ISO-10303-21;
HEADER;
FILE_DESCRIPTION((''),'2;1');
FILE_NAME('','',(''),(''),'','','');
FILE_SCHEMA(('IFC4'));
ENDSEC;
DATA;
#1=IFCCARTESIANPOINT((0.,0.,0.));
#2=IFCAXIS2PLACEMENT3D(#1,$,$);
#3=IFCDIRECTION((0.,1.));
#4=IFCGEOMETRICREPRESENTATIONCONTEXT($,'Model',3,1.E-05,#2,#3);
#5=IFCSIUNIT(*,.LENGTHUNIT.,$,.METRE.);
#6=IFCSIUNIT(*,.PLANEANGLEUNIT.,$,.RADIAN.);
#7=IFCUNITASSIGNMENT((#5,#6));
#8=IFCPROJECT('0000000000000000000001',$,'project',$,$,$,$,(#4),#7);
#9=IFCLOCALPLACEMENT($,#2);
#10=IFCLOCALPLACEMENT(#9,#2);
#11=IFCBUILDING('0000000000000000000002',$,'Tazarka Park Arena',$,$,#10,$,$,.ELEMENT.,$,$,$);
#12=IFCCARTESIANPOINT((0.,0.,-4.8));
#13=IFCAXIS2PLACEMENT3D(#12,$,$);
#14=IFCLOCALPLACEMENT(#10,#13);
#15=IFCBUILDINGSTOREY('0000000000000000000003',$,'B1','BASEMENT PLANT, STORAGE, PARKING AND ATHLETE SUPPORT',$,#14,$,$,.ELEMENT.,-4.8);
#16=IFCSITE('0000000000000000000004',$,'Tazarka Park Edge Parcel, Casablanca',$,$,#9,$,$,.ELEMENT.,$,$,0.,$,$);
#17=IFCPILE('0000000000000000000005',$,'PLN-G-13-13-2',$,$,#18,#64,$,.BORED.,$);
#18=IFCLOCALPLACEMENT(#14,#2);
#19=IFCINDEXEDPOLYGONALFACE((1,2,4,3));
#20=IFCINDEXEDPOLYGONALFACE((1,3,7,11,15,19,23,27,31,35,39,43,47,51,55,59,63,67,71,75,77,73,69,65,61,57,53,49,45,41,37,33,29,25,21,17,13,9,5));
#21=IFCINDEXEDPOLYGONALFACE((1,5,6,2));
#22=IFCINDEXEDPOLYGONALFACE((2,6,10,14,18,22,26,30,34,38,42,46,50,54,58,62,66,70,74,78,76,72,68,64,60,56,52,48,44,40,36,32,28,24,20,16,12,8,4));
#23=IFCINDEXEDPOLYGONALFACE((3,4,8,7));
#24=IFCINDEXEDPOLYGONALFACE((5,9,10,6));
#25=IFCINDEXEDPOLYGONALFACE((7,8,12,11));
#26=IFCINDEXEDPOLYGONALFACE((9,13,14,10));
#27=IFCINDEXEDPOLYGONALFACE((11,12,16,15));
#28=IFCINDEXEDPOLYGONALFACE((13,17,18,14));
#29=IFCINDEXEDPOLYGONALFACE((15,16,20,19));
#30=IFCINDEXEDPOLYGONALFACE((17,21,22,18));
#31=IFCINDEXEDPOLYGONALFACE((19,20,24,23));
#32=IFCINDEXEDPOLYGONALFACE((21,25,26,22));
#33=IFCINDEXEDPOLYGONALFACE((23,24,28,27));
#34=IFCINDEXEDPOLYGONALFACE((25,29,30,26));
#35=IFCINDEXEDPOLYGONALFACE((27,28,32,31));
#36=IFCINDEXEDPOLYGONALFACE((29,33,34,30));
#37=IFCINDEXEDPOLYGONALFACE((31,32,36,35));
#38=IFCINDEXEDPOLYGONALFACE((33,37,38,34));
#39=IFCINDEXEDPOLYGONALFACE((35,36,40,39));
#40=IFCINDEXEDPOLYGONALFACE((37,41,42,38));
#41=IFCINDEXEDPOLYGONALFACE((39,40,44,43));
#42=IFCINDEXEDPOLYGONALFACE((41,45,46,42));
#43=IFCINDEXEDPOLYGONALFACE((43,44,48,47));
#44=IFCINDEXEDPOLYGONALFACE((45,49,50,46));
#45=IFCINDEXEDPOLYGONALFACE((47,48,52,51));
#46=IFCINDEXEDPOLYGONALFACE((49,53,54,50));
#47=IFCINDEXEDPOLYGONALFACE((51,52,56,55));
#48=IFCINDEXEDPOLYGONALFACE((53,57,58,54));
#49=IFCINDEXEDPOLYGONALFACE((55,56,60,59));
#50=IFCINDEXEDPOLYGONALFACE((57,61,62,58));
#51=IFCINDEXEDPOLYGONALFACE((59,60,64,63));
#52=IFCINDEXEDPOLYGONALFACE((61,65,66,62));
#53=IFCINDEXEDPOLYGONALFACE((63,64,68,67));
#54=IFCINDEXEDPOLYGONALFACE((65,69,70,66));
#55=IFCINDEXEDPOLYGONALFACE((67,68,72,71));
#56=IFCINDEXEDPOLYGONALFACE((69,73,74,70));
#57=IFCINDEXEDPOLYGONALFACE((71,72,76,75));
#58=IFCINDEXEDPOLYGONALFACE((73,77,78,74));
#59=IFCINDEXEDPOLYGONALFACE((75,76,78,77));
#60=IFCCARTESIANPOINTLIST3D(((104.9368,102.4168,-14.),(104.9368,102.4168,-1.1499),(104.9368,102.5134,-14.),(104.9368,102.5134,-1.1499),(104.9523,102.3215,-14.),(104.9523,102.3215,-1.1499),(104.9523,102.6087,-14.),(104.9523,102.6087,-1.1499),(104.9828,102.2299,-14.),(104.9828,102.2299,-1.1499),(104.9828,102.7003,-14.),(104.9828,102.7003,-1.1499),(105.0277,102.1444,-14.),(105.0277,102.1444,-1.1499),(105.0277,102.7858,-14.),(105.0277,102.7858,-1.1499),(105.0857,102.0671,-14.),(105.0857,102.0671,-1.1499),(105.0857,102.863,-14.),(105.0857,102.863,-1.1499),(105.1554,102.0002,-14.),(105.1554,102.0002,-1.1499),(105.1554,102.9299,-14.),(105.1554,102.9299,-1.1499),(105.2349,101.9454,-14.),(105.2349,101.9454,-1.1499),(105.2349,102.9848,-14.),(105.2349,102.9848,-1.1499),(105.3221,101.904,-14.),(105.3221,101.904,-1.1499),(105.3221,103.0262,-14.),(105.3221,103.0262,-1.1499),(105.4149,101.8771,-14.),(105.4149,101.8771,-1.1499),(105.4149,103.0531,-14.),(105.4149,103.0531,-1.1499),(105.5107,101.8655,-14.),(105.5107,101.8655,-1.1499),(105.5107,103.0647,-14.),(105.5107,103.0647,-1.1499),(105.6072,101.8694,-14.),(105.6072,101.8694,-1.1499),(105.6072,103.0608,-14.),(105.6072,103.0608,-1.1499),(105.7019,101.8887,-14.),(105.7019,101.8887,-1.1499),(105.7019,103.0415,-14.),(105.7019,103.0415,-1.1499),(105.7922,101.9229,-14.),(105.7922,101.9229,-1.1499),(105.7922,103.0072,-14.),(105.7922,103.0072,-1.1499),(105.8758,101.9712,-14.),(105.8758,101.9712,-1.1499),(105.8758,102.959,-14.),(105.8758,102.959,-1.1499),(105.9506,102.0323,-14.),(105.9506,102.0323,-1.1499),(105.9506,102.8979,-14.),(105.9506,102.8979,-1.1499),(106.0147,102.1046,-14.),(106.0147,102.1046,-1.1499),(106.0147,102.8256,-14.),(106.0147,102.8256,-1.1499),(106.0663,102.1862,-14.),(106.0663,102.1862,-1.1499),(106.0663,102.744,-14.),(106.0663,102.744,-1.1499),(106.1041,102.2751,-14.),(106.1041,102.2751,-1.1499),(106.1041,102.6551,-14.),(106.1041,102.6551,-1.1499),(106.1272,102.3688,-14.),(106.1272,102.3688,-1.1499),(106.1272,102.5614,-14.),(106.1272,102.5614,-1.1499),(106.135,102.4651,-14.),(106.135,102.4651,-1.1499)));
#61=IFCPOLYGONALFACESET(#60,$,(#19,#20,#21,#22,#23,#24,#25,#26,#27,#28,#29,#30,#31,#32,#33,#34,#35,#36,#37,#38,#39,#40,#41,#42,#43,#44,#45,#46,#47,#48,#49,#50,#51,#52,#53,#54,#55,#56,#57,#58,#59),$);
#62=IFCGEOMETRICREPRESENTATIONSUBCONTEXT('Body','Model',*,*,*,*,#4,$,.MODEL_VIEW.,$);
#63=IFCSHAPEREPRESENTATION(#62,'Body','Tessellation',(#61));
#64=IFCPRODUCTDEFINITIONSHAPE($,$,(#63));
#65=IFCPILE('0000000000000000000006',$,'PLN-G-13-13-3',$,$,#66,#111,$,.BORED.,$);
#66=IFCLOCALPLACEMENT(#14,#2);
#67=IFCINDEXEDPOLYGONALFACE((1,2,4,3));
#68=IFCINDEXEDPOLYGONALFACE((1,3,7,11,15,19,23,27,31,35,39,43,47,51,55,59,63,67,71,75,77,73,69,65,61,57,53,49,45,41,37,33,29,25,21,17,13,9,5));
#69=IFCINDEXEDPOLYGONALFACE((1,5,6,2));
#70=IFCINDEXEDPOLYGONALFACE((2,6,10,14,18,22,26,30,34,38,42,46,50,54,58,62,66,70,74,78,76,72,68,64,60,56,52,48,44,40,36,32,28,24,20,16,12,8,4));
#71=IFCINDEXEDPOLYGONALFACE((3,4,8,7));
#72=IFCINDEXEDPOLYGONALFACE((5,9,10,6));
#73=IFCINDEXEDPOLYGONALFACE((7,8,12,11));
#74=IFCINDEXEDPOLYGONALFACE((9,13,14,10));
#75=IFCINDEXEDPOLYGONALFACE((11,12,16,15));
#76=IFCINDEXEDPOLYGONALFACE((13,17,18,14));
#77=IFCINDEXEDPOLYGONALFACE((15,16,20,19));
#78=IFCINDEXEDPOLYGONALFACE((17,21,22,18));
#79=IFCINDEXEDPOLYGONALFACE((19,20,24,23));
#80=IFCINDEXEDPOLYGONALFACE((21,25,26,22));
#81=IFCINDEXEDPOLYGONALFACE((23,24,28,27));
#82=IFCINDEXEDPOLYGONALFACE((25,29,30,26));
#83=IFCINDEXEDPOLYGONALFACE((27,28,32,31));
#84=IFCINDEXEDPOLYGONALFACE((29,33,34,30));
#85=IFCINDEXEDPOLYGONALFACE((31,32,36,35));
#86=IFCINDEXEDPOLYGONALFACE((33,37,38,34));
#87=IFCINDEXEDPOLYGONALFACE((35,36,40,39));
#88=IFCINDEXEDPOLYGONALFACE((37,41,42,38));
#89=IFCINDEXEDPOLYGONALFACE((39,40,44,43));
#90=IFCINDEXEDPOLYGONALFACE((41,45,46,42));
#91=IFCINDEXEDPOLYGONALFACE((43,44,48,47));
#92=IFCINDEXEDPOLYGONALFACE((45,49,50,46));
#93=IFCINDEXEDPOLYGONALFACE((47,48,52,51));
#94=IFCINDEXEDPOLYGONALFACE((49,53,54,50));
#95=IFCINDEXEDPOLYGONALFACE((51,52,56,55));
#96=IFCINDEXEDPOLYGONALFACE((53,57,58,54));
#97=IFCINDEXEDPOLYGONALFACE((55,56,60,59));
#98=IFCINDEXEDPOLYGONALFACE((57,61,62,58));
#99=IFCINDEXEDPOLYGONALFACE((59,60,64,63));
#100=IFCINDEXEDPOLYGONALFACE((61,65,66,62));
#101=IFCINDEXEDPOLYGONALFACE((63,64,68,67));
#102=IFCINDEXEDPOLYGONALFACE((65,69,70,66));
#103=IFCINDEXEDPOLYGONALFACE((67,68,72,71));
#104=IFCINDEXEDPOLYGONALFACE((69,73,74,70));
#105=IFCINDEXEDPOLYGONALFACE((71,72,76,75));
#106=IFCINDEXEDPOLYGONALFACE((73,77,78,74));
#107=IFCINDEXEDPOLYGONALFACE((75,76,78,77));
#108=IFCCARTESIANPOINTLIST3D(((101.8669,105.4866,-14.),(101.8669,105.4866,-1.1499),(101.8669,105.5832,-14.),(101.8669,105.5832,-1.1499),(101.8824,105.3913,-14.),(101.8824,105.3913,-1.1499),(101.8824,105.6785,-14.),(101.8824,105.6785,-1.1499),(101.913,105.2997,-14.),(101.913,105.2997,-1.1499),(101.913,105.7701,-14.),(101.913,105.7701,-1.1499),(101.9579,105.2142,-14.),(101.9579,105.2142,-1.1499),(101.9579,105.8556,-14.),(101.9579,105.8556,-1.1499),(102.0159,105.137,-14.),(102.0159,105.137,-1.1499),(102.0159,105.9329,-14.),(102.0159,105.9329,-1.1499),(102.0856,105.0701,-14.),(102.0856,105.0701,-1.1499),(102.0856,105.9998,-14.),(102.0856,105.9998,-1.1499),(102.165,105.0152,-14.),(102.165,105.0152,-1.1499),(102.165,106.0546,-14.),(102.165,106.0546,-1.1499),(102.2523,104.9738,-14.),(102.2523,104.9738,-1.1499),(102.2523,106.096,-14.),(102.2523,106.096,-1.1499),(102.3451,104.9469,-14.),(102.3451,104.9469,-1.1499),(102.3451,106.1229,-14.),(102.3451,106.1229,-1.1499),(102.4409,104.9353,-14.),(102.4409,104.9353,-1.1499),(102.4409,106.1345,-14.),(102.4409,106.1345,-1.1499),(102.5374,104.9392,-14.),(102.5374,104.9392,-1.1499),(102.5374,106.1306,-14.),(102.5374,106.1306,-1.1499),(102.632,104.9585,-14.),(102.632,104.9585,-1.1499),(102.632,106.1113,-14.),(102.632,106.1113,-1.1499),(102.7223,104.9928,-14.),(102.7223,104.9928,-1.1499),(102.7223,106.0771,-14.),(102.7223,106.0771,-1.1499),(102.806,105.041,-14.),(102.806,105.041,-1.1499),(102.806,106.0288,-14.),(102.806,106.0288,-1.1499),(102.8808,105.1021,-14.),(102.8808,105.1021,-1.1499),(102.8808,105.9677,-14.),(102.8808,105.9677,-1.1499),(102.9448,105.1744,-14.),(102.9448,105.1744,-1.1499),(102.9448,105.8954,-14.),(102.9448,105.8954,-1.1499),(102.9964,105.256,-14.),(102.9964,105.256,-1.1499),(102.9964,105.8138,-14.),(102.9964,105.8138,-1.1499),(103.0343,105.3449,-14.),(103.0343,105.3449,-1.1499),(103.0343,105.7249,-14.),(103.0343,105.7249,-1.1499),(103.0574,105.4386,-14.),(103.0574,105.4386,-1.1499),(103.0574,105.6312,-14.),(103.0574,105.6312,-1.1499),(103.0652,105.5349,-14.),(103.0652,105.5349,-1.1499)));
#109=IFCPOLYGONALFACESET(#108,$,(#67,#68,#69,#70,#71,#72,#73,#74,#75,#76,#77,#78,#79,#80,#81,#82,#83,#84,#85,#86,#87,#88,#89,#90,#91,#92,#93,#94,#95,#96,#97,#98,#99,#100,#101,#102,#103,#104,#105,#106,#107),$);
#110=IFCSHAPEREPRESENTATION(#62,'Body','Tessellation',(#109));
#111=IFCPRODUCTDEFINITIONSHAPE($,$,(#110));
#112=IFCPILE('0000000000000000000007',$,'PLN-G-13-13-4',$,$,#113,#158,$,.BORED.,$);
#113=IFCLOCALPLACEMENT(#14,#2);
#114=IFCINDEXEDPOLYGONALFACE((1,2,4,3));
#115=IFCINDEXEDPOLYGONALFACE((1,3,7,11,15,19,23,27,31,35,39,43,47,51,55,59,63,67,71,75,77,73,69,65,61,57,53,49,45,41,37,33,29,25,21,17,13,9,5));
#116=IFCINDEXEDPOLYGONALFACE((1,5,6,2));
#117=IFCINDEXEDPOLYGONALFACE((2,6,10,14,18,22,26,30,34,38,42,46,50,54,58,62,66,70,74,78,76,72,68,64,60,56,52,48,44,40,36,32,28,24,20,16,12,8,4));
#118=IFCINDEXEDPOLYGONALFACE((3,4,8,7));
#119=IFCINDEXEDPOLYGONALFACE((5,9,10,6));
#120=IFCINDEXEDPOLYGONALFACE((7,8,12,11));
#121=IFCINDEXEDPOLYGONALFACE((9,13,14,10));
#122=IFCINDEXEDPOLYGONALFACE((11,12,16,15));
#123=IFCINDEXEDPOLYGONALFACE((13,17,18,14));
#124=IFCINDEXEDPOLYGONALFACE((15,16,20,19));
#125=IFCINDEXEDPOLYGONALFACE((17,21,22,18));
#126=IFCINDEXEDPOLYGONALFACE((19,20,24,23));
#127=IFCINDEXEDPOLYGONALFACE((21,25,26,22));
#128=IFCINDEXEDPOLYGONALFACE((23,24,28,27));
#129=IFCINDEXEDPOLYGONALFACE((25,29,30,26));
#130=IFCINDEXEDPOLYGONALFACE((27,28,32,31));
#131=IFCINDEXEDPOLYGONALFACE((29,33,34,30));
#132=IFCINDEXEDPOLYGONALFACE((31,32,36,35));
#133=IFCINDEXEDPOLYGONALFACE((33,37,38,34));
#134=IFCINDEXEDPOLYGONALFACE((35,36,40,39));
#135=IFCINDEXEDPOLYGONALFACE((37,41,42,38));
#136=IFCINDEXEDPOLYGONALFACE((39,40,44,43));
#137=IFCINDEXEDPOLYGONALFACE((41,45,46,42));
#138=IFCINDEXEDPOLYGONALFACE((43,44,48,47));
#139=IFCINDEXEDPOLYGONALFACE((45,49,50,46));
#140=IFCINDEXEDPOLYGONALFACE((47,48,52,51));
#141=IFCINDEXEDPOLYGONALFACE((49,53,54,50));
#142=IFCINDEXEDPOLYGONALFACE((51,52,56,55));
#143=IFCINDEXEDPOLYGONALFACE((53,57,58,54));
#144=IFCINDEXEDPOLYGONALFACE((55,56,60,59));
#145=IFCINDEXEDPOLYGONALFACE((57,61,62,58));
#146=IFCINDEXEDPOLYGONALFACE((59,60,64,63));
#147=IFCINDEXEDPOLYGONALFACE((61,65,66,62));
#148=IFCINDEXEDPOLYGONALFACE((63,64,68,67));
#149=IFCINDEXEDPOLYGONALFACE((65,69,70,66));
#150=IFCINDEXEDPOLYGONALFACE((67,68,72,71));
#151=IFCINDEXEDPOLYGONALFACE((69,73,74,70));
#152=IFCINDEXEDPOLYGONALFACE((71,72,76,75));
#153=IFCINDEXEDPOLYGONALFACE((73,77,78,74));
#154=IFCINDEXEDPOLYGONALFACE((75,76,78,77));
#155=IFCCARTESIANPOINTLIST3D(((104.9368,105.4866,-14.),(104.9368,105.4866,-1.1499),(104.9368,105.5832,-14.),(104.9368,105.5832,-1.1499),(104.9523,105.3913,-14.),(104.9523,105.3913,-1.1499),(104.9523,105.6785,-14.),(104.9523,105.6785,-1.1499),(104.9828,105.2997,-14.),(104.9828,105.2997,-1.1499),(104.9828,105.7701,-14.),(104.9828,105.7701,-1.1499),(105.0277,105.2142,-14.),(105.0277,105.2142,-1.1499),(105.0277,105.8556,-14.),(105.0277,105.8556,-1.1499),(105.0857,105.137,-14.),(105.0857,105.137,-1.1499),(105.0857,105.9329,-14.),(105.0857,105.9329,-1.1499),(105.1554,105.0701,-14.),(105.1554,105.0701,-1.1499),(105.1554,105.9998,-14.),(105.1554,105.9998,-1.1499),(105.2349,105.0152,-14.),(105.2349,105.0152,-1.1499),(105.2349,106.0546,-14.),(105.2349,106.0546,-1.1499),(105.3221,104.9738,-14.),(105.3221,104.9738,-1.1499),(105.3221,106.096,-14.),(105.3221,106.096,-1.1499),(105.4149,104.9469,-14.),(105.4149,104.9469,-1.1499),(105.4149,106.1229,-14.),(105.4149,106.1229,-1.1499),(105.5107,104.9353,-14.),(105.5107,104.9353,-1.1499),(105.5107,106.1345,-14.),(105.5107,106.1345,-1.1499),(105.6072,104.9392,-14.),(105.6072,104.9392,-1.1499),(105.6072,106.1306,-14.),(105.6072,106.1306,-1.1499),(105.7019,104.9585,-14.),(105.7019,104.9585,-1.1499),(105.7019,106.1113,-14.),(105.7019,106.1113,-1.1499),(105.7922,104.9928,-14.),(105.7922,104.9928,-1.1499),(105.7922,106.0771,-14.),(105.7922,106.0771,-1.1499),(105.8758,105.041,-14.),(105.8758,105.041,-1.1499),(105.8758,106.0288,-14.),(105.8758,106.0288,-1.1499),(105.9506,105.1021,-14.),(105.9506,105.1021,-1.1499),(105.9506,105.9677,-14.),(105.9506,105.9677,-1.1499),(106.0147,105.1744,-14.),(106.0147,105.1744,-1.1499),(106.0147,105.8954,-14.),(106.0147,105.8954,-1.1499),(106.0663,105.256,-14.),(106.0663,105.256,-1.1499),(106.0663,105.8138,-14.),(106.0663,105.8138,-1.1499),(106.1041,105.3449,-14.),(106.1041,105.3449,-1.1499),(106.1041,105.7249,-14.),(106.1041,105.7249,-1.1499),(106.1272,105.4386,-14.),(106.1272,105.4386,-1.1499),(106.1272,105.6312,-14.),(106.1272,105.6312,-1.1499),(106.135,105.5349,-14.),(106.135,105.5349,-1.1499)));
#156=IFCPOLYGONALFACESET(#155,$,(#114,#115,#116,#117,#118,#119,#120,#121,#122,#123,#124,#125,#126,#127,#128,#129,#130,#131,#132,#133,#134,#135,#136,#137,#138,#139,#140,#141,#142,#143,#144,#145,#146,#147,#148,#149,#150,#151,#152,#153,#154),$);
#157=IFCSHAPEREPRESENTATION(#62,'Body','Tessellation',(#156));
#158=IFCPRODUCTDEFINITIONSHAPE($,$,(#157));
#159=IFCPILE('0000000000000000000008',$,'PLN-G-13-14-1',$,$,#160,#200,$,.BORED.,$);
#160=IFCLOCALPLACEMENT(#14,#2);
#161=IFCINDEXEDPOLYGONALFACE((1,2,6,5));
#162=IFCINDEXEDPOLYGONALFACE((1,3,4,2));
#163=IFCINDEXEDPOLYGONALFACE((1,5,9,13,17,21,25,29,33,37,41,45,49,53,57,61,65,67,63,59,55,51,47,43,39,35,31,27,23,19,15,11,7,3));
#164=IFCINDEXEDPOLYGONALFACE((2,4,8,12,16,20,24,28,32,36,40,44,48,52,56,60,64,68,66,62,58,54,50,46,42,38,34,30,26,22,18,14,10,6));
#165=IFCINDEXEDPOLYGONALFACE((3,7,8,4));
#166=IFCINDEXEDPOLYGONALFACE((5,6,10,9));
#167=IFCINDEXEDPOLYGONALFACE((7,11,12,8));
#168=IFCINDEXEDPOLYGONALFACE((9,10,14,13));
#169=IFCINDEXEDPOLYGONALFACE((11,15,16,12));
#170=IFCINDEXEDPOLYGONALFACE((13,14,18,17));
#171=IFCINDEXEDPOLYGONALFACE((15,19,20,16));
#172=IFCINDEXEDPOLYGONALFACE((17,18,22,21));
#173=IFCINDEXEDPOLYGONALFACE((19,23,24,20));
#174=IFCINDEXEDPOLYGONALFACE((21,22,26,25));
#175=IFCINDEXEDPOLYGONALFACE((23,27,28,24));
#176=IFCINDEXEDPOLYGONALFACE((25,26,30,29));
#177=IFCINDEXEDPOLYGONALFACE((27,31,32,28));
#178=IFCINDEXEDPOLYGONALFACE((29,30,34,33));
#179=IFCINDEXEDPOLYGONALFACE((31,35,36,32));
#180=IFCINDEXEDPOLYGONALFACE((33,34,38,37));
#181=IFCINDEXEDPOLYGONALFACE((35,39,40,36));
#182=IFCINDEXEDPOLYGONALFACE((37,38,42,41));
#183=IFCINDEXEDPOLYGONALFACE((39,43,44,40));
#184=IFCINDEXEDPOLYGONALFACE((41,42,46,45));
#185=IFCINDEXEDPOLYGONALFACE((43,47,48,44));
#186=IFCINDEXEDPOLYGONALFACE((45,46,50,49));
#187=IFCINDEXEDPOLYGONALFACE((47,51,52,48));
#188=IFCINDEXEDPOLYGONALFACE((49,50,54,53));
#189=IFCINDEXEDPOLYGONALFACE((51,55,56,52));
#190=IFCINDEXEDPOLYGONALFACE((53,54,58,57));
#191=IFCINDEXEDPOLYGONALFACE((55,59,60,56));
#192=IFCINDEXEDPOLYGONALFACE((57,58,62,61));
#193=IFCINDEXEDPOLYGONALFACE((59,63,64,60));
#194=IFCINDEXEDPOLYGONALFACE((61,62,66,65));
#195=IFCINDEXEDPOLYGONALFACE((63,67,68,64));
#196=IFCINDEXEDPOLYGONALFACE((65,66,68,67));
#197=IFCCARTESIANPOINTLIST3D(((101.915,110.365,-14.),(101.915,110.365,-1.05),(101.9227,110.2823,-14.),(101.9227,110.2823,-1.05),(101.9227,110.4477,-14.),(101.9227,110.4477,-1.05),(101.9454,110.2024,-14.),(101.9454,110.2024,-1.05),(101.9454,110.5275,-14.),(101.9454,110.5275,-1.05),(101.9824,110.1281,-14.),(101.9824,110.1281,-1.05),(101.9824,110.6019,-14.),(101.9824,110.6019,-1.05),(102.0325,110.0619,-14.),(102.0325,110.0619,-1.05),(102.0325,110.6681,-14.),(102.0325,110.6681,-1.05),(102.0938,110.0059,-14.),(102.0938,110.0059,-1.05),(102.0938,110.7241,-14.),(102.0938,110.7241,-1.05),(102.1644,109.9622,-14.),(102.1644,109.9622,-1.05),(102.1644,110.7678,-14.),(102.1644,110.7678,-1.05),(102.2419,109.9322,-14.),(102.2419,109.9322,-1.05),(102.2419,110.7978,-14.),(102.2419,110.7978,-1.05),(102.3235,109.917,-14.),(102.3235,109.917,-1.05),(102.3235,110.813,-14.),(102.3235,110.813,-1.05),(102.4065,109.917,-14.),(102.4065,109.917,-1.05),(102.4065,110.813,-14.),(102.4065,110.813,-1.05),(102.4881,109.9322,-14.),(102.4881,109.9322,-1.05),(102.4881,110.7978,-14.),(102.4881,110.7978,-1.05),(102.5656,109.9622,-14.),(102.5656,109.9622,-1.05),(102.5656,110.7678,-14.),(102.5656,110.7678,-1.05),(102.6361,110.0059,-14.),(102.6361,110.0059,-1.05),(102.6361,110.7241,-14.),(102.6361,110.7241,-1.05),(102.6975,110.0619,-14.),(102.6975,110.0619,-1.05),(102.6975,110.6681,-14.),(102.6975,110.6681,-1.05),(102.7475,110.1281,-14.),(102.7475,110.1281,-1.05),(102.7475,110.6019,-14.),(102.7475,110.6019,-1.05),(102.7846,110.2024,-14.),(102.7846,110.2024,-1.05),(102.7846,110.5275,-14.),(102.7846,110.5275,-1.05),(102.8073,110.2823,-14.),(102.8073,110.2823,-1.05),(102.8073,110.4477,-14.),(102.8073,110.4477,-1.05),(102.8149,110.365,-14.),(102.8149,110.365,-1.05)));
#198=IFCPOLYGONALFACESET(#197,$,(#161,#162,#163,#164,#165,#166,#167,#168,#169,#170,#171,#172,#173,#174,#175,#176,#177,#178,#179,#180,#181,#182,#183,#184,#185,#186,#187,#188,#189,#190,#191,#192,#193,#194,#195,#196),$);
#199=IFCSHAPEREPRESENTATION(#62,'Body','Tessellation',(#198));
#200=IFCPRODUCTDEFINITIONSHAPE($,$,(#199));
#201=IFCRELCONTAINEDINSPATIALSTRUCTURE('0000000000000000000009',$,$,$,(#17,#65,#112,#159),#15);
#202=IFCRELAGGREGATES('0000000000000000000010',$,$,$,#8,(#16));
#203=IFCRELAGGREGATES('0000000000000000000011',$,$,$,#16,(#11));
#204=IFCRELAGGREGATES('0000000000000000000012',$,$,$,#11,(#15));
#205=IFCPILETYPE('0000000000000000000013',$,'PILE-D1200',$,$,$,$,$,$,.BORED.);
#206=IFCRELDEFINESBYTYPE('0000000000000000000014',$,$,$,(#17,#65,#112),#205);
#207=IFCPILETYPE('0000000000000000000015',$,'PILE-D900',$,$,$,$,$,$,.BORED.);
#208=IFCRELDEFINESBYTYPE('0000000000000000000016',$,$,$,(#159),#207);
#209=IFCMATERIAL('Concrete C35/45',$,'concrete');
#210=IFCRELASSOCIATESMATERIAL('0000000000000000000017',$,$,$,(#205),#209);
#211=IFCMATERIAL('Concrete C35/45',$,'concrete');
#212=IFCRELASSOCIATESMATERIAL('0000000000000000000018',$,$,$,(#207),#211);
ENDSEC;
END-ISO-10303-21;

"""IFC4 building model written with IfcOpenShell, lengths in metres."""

from ifc_helpers import new_model, si_unit, direction, frame, origin, origin_2d, place, context, subcontext, project, spatial, circle, extrude, material, material_profile, profile_set, type_object, element, save


model = new_model("IFC4")

# Units and contexts
model_context = context("Model", 3, precision=1e-05, world=origin(), true_north=direction((0.0, 1.0)))
body_context = subcontext(model_context, "Body", "Model", "MODEL_VIEW")
ifc_project = project(units=[si_unit("LENGTHUNIT", "METRE"), si_unit("PLANEANGLEUNIT", "RADIAN")], contexts=[model_context])

# Site, building, storey
site_placement = place(None, origin())
site = spatial("IfcSite", under=ifc_project, at=site_placement, Name="Tazarka Park Edge Parcel, Casablanca", CompositionType="ELEMENT", RefElevation=0.0)
building_placement = place(site_placement, origin())
building = spatial("IfcBuilding", under=site, at=building_placement, Name="Tazarka Park Arena", CompositionType="ELEMENT")
storey_placement = place(building_placement, frame((0.0, 0.0, -4.8)))
storey = spatial("IfcBuildingStorey", under=building, at=storey_placement, Name="B1", Description="BASEMENT PLANT, STORAGE, PARKING AND ATHLETE SUPPORT", CompositionType="ELEMENT", Elevation=-4.8)

# Piles
ifc_material_1 = material(Name="Concrete C35/45", Category="concrete")
ifc_material_profile_1 = material_profile(ifc_material_1, circle(Radius=0.6001, at=origin_2d()), Name="Concrete C35/45")
ifc_profile_set_1 = profile_set([ifc_material_profile_1], Name="Concrete C35/45")
pile_type_1 = type_object("IfcPileType", Name="PILE-D1200", PredefinedType="BORED", material=ifc_profile_set_1)
for number, where, z_axis, x_axis, name in (
    (1, (105.5349, 102.4651, -1.1499), (0.0, 0.0, -1.0), (1.0, 0.0, 0.0), "PLN-G-13-13-2"),
    (2, (102.4651, 105.5349, -1.1499), (0.0, 0.0, -1.0), (1.0, 0.0, 0.0), "PLN-G-13-13-3"),
    (3, (105.5349, 105.5349, -1.1499), (0.0, 0.0, -1.0), (1.0, 0.0, 0.0), "PLN-G-13-13-4"),
):
    element("IfcPile", number, at=place(storey_placement, frame(where, z_axis=z_axis, x_axis=x_axis)), inside=storey, type_object=pile_type_1, Name=name, PredefinedType="BORED", context=body_context, shape_type="SweptSolid", body=[
        extrude(circle(Radius=0.6001, at=origin_2d()), origin(), (0.0, 0.0, 1.0), 12.8501),
    ])
ifc_material_2 = material(Name="Concrete C35/45", Category="concrete")
ifc_material_profile_2 = material_profile(ifc_material_2, circle(Radius=0.45, at=origin_2d()), Name="Concrete C35/45")
ifc_profile_set_2 = profile_set([ifc_material_profile_2], Name="Concrete C35/45")
pile_type_2 = type_object("IfcPileType", Name="PILE-D900", PredefinedType="BORED", material=ifc_profile_set_2)
for number, where, z_axis, x_axis, name in (
    (4, (102.365, 110.365, -1.05), (0.0, 0.0, -1.0), (1.0, 0.0, 0.0), "PLN-G-13-14-1"),
):
    element("IfcPile", number, at=place(storey_placement, frame(where, z_axis=z_axis, x_axis=x_axis)), inside=storey, type_object=pile_type_2, Name=name, PredefinedType="BORED", context=body_context, shape_type="SweptSolid", body=[
        extrude(circle(Radius=0.45, at=origin_2d()), origin(), (0.0, 0.0, 1.0), 12.95),
    ])

save(model, "model.ifc")
